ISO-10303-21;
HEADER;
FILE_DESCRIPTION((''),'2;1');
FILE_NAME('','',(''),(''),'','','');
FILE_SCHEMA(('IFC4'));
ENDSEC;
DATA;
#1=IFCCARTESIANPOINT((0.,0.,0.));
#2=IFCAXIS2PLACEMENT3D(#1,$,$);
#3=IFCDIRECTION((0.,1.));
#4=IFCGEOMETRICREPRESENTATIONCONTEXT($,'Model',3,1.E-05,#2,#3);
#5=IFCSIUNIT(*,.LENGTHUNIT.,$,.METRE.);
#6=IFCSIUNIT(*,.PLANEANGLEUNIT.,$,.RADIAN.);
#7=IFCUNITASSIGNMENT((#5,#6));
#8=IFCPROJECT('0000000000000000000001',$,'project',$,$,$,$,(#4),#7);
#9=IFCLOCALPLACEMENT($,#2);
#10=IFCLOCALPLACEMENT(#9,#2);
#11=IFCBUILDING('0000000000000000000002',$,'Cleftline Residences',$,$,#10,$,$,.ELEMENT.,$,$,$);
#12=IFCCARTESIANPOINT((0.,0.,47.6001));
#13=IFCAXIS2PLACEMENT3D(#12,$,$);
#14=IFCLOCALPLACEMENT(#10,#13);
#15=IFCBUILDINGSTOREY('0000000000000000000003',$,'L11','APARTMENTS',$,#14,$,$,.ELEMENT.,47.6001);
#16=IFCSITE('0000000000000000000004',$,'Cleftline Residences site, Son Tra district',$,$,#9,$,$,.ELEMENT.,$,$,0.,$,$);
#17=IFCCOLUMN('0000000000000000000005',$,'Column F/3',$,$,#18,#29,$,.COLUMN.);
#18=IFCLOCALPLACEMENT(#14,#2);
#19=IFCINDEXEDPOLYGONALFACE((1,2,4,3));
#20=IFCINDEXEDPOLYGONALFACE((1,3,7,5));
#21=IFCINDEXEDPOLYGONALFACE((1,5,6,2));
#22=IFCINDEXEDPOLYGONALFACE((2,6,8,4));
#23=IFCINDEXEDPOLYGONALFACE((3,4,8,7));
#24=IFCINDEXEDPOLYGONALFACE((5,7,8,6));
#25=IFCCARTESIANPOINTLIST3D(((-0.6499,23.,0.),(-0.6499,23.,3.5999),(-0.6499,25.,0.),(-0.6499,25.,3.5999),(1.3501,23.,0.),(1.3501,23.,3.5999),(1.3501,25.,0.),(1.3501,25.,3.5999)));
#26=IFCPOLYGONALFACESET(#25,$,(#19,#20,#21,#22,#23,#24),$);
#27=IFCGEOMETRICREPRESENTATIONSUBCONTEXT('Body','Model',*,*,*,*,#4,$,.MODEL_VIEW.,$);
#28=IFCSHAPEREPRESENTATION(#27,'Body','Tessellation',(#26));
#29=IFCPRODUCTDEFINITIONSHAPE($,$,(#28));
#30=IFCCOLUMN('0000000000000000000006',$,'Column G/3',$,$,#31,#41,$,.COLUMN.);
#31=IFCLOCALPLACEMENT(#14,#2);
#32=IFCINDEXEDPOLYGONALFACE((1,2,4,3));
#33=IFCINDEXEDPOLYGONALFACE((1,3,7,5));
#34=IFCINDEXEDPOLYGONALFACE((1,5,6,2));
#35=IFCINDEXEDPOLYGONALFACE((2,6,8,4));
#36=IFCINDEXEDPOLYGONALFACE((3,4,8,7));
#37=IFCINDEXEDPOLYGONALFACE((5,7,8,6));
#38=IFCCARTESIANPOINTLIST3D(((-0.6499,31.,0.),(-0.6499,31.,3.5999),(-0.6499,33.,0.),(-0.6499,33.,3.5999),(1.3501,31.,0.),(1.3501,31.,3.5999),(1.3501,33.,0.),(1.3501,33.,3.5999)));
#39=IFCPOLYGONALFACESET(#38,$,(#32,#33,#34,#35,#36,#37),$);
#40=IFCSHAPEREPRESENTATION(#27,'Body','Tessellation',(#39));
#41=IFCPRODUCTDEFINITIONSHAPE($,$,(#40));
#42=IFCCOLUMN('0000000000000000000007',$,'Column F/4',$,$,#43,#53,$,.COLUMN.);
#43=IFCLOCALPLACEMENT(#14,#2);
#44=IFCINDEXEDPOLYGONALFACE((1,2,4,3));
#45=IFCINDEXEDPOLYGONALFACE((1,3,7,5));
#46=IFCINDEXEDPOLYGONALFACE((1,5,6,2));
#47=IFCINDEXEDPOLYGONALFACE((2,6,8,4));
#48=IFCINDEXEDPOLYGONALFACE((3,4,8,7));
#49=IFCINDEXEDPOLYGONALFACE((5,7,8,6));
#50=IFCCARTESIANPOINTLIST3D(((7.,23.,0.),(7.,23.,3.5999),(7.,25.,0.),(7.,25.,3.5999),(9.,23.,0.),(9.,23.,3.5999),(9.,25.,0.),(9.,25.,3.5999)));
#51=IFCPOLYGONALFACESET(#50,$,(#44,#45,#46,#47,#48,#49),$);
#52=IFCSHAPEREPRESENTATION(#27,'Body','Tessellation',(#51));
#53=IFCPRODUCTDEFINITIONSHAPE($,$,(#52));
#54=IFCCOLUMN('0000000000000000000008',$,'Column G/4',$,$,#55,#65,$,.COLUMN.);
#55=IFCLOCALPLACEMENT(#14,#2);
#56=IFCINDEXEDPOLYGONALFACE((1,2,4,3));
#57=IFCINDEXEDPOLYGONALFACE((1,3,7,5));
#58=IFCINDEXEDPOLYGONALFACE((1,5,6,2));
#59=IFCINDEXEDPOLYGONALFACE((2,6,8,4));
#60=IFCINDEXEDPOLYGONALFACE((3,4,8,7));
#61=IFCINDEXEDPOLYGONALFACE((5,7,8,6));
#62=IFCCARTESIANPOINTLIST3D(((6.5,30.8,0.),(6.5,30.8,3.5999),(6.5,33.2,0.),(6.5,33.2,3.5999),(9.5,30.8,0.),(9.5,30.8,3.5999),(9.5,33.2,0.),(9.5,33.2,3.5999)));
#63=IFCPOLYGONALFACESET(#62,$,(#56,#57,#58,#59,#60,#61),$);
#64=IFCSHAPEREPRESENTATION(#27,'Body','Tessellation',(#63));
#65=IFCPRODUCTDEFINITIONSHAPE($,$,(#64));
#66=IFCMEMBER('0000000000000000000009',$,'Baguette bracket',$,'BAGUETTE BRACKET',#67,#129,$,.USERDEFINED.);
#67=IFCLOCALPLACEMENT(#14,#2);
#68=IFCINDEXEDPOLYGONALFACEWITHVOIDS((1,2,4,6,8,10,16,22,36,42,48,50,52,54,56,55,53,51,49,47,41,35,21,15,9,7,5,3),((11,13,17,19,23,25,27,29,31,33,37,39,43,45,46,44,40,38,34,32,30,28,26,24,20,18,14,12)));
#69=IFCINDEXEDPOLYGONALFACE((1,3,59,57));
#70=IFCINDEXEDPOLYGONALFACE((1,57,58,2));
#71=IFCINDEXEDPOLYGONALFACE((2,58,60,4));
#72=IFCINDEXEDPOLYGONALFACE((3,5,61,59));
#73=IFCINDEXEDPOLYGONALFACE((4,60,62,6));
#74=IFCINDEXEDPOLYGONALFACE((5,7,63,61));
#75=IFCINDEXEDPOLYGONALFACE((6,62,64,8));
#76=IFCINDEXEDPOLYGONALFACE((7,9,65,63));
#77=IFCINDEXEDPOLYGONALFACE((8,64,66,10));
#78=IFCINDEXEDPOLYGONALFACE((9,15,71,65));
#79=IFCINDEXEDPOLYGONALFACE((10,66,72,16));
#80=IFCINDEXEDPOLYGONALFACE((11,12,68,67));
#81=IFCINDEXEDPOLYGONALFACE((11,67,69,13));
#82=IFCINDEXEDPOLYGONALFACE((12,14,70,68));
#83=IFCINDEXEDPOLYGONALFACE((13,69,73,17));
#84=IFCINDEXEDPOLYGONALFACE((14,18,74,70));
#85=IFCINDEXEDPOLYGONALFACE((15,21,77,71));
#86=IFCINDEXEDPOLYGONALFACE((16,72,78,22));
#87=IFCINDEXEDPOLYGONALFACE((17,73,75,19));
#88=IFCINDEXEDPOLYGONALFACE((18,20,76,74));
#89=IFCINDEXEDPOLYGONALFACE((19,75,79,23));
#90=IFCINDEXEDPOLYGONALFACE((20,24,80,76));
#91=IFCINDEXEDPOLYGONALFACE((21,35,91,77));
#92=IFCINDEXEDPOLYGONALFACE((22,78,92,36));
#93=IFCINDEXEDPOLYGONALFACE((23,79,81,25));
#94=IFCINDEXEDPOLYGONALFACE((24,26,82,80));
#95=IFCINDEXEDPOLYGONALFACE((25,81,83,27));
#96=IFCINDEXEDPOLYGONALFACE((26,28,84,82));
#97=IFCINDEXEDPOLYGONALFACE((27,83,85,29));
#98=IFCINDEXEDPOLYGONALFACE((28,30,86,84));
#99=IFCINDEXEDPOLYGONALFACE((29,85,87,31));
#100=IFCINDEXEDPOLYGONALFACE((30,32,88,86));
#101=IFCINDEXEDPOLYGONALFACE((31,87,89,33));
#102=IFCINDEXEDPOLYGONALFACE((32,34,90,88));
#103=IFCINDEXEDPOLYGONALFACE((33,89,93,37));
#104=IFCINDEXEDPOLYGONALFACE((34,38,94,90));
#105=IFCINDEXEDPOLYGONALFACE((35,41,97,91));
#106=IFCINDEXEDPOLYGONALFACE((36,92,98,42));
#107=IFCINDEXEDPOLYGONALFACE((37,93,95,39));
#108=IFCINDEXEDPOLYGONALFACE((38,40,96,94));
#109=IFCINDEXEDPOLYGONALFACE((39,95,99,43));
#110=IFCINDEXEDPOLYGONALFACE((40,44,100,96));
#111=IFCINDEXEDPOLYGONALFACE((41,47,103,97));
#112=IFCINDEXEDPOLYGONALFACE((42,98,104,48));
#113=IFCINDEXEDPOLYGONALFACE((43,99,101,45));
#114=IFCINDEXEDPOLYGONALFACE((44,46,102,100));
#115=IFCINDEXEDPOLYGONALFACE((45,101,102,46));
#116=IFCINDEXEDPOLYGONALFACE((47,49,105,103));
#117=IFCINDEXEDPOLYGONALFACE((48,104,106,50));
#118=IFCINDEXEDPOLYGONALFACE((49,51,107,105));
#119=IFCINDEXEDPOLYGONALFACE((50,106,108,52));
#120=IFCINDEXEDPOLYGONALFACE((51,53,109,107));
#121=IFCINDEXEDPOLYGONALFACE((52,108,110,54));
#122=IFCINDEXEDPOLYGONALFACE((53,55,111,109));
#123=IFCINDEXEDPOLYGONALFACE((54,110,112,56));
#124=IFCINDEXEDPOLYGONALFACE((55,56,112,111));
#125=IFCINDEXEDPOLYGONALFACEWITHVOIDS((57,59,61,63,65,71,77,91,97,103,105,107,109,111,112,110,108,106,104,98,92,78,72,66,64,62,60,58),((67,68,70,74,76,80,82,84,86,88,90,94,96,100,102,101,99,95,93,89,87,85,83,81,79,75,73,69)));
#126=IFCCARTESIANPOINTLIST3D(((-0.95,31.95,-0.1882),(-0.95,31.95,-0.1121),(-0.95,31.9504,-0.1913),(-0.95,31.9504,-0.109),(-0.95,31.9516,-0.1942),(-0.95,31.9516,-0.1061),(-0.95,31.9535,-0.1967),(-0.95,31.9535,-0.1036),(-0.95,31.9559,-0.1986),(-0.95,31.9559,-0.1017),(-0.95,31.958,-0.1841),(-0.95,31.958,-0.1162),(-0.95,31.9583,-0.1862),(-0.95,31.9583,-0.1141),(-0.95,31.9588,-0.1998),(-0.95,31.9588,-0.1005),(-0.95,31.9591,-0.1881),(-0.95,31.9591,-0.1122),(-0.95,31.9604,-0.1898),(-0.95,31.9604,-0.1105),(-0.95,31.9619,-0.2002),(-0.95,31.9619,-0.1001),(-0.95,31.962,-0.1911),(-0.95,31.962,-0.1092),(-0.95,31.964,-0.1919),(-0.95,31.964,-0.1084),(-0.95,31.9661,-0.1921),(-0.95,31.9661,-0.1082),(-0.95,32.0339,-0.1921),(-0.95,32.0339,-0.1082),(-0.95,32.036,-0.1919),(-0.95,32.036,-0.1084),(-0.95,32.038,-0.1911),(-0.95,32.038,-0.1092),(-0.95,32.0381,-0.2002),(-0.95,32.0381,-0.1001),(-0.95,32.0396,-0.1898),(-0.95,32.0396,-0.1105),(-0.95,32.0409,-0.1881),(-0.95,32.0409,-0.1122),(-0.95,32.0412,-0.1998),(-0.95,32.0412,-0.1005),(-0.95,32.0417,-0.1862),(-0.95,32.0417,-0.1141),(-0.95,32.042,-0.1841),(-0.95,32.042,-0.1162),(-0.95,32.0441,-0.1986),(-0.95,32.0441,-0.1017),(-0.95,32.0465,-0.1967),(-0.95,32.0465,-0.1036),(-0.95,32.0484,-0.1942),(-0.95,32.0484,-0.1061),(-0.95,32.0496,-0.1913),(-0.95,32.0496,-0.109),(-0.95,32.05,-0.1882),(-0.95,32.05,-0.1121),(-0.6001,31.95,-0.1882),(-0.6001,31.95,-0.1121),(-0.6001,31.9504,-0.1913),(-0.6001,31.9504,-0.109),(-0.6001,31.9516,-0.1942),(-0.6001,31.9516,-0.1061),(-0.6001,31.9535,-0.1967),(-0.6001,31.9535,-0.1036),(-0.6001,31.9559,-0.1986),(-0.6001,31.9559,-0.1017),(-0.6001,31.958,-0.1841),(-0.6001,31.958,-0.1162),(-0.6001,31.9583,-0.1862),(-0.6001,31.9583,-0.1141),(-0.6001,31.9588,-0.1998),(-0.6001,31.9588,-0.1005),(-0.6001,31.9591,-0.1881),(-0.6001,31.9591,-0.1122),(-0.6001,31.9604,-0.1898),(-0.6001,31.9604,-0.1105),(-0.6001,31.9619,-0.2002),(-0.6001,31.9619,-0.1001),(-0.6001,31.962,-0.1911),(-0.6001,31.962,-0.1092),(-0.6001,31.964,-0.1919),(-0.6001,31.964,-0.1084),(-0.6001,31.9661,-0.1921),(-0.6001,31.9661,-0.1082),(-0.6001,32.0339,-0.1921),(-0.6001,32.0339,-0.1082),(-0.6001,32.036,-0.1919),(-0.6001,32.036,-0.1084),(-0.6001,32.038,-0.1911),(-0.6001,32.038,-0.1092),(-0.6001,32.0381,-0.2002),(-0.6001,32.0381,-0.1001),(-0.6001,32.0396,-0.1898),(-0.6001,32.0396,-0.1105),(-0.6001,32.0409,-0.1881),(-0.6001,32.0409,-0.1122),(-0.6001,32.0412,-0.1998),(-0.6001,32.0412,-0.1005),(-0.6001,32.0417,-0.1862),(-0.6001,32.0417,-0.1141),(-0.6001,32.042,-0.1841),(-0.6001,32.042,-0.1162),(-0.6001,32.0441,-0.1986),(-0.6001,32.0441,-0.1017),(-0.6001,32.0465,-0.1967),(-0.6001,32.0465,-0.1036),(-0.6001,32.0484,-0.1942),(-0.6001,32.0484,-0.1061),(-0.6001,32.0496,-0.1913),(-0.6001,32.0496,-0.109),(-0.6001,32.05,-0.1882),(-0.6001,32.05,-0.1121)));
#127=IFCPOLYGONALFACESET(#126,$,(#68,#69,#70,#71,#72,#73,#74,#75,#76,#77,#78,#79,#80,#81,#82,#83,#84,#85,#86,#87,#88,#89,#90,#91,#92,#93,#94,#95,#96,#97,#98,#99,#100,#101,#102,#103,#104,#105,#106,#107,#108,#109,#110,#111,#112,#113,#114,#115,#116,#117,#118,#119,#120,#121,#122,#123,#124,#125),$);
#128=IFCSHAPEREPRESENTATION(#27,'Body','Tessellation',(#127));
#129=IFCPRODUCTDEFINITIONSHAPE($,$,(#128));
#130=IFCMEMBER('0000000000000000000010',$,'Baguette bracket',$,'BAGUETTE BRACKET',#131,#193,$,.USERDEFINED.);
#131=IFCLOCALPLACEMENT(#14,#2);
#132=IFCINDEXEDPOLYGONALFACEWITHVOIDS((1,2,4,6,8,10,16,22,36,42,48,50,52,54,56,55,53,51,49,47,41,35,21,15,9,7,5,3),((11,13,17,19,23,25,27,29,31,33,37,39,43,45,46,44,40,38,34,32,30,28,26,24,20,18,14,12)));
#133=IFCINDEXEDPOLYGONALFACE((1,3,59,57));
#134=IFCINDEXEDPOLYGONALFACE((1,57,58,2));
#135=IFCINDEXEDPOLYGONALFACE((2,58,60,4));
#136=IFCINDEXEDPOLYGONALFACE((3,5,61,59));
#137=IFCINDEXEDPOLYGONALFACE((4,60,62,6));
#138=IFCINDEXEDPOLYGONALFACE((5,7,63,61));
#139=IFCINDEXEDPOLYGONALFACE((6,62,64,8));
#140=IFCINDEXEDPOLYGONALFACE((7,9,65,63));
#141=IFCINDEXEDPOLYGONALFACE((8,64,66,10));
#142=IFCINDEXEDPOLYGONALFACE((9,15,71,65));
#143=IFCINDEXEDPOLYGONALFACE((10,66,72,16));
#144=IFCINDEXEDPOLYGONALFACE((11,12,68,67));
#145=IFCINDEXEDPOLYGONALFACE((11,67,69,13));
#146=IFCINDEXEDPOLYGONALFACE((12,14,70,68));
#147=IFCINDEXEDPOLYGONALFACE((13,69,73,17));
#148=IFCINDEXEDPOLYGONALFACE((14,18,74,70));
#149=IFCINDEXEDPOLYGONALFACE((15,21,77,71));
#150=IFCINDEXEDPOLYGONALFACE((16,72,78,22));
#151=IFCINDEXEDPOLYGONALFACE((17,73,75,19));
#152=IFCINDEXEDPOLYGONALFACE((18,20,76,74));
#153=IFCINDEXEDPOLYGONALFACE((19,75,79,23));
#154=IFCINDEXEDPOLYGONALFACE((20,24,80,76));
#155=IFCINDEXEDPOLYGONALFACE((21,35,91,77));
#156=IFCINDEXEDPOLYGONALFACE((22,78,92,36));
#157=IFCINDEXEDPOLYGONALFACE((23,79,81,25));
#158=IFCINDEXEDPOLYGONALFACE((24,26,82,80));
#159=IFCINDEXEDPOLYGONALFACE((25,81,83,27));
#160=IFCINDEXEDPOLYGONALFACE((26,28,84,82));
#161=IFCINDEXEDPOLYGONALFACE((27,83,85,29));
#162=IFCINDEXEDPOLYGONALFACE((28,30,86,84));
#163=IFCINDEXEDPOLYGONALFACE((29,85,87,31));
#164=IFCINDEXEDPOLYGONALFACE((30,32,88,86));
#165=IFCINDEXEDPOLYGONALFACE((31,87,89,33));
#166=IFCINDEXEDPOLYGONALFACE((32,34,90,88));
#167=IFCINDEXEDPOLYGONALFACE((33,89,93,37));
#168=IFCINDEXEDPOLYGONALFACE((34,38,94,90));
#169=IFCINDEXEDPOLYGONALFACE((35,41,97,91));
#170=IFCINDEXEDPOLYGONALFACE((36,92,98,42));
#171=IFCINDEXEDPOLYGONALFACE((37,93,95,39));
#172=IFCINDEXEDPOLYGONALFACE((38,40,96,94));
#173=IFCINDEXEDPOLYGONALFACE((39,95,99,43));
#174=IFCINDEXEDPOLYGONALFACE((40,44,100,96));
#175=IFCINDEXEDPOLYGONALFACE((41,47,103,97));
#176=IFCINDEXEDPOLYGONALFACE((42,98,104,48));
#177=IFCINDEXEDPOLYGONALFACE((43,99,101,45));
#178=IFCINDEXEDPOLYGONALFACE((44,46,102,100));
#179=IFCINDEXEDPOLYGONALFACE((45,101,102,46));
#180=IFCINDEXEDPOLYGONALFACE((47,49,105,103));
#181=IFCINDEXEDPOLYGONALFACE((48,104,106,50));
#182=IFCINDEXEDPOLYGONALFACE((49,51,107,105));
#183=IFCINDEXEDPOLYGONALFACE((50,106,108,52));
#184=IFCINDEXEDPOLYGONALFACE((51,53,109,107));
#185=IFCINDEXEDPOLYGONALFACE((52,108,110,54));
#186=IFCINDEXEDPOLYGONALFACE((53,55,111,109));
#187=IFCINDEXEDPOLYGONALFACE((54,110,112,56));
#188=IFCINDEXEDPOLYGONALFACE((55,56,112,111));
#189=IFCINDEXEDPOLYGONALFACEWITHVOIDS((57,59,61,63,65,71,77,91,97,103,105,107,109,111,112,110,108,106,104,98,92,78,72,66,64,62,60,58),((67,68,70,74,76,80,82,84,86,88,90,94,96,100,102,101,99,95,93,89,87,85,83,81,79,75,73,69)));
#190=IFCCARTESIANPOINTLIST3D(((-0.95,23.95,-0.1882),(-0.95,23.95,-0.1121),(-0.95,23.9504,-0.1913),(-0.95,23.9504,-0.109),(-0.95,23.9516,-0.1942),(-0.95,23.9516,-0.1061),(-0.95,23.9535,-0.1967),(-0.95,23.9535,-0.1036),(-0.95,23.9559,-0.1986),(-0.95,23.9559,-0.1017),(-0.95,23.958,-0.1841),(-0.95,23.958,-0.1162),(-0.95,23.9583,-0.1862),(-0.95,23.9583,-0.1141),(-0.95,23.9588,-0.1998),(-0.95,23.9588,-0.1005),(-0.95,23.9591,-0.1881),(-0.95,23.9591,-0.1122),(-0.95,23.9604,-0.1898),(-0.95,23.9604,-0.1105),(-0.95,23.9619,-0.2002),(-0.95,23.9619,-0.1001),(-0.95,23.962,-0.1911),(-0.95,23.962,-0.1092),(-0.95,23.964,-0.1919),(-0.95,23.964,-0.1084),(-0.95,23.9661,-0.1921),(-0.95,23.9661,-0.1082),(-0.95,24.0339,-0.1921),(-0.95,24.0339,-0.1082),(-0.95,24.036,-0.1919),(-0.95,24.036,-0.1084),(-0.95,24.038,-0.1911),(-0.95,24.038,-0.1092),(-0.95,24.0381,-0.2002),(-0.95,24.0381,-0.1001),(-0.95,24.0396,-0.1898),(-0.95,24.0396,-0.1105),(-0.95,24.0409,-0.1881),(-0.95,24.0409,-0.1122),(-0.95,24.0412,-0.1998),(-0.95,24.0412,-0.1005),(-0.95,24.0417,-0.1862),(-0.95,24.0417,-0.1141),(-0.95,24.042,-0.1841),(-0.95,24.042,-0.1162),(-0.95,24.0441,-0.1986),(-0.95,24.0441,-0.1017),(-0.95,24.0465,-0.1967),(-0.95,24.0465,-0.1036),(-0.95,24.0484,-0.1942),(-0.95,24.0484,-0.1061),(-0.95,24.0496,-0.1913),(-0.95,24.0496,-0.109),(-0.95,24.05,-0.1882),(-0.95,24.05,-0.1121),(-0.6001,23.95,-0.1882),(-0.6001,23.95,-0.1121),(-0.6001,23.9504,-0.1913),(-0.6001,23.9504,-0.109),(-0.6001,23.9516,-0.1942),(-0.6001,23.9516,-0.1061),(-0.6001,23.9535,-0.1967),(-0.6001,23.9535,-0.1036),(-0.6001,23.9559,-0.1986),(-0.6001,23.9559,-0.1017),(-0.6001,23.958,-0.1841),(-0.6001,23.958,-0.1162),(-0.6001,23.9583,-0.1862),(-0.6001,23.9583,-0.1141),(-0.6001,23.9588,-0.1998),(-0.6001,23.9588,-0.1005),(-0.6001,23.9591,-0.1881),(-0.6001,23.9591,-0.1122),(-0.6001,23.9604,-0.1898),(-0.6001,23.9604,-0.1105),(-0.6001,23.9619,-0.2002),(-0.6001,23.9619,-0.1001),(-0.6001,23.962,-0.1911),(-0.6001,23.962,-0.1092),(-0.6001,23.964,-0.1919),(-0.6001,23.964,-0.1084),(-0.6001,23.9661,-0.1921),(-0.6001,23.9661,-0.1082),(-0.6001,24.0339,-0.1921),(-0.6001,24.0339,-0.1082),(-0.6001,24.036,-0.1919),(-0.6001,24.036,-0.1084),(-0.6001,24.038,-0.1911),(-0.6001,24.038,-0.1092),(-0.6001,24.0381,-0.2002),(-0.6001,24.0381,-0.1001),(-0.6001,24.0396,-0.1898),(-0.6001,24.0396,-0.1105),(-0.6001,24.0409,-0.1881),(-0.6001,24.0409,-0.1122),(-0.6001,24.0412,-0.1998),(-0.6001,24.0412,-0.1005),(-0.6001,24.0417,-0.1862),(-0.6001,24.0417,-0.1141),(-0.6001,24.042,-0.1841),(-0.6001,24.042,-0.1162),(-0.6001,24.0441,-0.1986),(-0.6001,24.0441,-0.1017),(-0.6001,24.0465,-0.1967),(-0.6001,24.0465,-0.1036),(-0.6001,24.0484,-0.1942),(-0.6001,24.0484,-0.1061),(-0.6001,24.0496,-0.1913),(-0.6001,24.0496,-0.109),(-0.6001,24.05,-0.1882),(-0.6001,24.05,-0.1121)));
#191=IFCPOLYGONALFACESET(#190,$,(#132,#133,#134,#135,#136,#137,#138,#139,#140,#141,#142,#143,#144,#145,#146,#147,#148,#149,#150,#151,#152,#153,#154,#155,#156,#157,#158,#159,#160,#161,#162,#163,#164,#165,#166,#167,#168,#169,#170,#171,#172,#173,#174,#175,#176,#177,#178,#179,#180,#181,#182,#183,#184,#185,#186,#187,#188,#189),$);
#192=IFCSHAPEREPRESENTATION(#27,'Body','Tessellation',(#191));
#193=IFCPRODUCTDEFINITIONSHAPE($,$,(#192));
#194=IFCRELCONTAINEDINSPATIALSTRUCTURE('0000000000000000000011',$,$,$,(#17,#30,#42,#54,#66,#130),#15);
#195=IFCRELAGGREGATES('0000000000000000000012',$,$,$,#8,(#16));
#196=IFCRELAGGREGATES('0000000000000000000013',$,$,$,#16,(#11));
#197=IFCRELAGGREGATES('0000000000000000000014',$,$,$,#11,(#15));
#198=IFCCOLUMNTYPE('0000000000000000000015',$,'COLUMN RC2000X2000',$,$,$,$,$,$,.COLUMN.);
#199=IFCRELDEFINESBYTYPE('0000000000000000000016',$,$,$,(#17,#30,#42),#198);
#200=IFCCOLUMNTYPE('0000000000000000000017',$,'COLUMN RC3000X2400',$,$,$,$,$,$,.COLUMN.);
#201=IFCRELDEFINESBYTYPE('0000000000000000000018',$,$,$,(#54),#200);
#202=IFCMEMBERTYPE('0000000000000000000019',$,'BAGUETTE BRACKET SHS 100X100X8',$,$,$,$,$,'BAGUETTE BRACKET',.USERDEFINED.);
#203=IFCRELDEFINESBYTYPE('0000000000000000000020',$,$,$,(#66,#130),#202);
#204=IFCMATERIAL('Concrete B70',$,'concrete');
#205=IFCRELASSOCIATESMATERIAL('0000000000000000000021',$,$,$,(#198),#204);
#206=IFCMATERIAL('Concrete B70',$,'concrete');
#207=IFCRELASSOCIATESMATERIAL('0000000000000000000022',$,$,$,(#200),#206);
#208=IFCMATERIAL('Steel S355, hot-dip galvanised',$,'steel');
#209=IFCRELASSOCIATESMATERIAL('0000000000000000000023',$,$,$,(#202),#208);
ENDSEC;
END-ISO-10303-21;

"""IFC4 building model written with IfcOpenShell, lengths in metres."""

from ifc_helpers import new_model, si_unit, direction, frame, origin, origin_2d, place, context, subcontext, project, spatial, rectangle, hollow_rectangle, extrude, material, material_profile, profile_set, type_object, element, save


model = new_model("IFC4")

# Units and contexts
model_context = context("Model", 3, precision=1e-05, world=origin(), true_north=direction((0.0, 1.0)))
body_context = subcontext(model_context, "Body", "Model", "MODEL_VIEW")
ifc_project = project(units=[si_unit("LENGTHUNIT", "METRE"), si_unit("PLANEANGLEUNIT", "RADIAN")], contexts=[model_context])

# Site, building, storey
site_placement = place(None, origin())
site = spatial("IfcSite", under=ifc_project, at=site_placement, Name="Cleftline Residences site, Son Tra district", CompositionType="ELEMENT", RefElevation=0.0)
building_placement = place(site_placement, origin())
building = spatial("IfcBuilding", under=site, at=building_placement, Name="Cleftline Residences", CompositionType="ELEMENT")
storey_placement = place(building_placement, frame((0.0, 0.0, 47.6001)))
storey = spatial("IfcBuildingStorey", under=building, at=storey_placement, Name="L11", Description="APARTMENTS", CompositionType="ELEMENT", Elevation=47.6001)

# Columns
ifc_material_1 = material(Name="Concrete B70", Category="concrete")
ifc_material_profile_1 = material_profile(ifc_material_1, rectangle(XDim=2.0, YDim=2.0, at=origin_2d()))
ifc_profile_set_1 = profile_set([ifc_material_profile_1], Name="Concrete B70")
column_type_1 = type_object("IfcColumnType", Name="COLUMN RC2000X2000", PredefinedType="COLUMN", material=ifc_profile_set_1)
for number, where, z_axis, x_axis, name in (
    (1, (0.3501, 24.0, 0.0), (0.0, 0.0, 1.0), (1.0, 0.0, 0.0), "Column F/3"),
    (2, (0.3501, 32.0, 0.0), (0.0, 0.0, 1.0), (1.0, 0.0, 0.0), "Column G/3"),
    (3, (8.0, 24.0, 0.0), (0.0, 0.0, 1.0), (1.0, 0.0, 0.0), "Column F/4"),
):
    element("IfcColumn", number, at=place(storey_placement, frame(where, z_axis=z_axis, x_axis=x_axis)), inside=storey, type_object=column_type_1, Name=name, PredefinedType="COLUMN", context=body_context, shape_type="SweptSolid", body=[
        extrude(rectangle(XDim=2.0, YDim=2.0, at=origin_2d()), origin(), (0.0, 0.0, 1.0), 3.5999),
    ])
ifc_material_2 = material(Name="Concrete B70", Category="concrete")
ifc_material_profile_2 = material_profile(ifc_material_2, rectangle(XDim=3.0, YDim=2.3999, at=origin_2d()))
ifc_profile_set_2 = profile_set([ifc_material_profile_2], Name="Concrete B70")
column_type_2 = type_object("IfcColumnType", Name="COLUMN RC3000X2400", PredefinedType="COLUMN", material=ifc_profile_set_2)
column_placement = place(storey_placement, frame((8.0, 32.0, 0.0), z_axis=(0.0, 0.0, 1.0), x_axis=(1.0, 0.0, 0.0)))
element("IfcColumn", 4, at=column_placement, inside=storey, type_object=column_type_2, Name="Column G/4", PredefinedType="COLUMN", context=body_context, shape_type="SweptSolid", body=[
    extrude(rectangle(XDim=3.0, YDim=2.3999, at=origin_2d()), origin(), (0.0, 0.0, 1.0), 3.5999),
])

# Members
ifc_material_3 = material(Name="Steel S355, hot-dip galvanised", Category="steel")
ifc_material_profile_3 = material_profile(ifc_material_3, hollow_rectangle(XDim=0.1001, YDim=0.1001, WallThickness=0.0081, InnerFilletRadius=0.0081, OuterFilletRadius=0.012, at=origin_2d()))
ifc_profile_set_3 = profile_set([ifc_material_profile_3], Name="Steel S355, hot-dip galvanised")
member_type_1 = type_object("IfcMemberType", Name="BAGUETTE BRACKET SHS 100X100X8", ElementType="BAGUETTE BRACKET", PredefinedType="USERDEFINED", material=ifc_profile_set_3)
for number, where, z_axis, x_axis, name in (
    (5, (-0.6001, 32.0, -0.1501), (-1.0, 0.0, 0.0), (0.0, -1.0, 0.0), "Baguette bracket"),
    (6, (-0.6001, 24.0, -0.1501), (-1.0, 0.0, 0.0), (0.0, -1.0, 0.0), "Baguette bracket"),
):
    element("IfcMember", number, at=place(storey_placement, frame(where, z_axis=z_axis, x_axis=x_axis)), inside=storey, type_object=member_type_1, Name=name, ObjectType="BAGUETTE BRACKET", PredefinedType="USERDEFINED", context=body_context, shape_type="SweptSolid", body=[
        extrude(hollow_rectangle(XDim=0.1001, YDim=0.1001, WallThickness=0.0081, InnerFilletRadius=0.0081, OuterFilletRadius=0.012, at=origin_2d()), origin(), (0.0, 0.0, 1.0), 0.3499),
    ])

save(model, "model.ifc")
